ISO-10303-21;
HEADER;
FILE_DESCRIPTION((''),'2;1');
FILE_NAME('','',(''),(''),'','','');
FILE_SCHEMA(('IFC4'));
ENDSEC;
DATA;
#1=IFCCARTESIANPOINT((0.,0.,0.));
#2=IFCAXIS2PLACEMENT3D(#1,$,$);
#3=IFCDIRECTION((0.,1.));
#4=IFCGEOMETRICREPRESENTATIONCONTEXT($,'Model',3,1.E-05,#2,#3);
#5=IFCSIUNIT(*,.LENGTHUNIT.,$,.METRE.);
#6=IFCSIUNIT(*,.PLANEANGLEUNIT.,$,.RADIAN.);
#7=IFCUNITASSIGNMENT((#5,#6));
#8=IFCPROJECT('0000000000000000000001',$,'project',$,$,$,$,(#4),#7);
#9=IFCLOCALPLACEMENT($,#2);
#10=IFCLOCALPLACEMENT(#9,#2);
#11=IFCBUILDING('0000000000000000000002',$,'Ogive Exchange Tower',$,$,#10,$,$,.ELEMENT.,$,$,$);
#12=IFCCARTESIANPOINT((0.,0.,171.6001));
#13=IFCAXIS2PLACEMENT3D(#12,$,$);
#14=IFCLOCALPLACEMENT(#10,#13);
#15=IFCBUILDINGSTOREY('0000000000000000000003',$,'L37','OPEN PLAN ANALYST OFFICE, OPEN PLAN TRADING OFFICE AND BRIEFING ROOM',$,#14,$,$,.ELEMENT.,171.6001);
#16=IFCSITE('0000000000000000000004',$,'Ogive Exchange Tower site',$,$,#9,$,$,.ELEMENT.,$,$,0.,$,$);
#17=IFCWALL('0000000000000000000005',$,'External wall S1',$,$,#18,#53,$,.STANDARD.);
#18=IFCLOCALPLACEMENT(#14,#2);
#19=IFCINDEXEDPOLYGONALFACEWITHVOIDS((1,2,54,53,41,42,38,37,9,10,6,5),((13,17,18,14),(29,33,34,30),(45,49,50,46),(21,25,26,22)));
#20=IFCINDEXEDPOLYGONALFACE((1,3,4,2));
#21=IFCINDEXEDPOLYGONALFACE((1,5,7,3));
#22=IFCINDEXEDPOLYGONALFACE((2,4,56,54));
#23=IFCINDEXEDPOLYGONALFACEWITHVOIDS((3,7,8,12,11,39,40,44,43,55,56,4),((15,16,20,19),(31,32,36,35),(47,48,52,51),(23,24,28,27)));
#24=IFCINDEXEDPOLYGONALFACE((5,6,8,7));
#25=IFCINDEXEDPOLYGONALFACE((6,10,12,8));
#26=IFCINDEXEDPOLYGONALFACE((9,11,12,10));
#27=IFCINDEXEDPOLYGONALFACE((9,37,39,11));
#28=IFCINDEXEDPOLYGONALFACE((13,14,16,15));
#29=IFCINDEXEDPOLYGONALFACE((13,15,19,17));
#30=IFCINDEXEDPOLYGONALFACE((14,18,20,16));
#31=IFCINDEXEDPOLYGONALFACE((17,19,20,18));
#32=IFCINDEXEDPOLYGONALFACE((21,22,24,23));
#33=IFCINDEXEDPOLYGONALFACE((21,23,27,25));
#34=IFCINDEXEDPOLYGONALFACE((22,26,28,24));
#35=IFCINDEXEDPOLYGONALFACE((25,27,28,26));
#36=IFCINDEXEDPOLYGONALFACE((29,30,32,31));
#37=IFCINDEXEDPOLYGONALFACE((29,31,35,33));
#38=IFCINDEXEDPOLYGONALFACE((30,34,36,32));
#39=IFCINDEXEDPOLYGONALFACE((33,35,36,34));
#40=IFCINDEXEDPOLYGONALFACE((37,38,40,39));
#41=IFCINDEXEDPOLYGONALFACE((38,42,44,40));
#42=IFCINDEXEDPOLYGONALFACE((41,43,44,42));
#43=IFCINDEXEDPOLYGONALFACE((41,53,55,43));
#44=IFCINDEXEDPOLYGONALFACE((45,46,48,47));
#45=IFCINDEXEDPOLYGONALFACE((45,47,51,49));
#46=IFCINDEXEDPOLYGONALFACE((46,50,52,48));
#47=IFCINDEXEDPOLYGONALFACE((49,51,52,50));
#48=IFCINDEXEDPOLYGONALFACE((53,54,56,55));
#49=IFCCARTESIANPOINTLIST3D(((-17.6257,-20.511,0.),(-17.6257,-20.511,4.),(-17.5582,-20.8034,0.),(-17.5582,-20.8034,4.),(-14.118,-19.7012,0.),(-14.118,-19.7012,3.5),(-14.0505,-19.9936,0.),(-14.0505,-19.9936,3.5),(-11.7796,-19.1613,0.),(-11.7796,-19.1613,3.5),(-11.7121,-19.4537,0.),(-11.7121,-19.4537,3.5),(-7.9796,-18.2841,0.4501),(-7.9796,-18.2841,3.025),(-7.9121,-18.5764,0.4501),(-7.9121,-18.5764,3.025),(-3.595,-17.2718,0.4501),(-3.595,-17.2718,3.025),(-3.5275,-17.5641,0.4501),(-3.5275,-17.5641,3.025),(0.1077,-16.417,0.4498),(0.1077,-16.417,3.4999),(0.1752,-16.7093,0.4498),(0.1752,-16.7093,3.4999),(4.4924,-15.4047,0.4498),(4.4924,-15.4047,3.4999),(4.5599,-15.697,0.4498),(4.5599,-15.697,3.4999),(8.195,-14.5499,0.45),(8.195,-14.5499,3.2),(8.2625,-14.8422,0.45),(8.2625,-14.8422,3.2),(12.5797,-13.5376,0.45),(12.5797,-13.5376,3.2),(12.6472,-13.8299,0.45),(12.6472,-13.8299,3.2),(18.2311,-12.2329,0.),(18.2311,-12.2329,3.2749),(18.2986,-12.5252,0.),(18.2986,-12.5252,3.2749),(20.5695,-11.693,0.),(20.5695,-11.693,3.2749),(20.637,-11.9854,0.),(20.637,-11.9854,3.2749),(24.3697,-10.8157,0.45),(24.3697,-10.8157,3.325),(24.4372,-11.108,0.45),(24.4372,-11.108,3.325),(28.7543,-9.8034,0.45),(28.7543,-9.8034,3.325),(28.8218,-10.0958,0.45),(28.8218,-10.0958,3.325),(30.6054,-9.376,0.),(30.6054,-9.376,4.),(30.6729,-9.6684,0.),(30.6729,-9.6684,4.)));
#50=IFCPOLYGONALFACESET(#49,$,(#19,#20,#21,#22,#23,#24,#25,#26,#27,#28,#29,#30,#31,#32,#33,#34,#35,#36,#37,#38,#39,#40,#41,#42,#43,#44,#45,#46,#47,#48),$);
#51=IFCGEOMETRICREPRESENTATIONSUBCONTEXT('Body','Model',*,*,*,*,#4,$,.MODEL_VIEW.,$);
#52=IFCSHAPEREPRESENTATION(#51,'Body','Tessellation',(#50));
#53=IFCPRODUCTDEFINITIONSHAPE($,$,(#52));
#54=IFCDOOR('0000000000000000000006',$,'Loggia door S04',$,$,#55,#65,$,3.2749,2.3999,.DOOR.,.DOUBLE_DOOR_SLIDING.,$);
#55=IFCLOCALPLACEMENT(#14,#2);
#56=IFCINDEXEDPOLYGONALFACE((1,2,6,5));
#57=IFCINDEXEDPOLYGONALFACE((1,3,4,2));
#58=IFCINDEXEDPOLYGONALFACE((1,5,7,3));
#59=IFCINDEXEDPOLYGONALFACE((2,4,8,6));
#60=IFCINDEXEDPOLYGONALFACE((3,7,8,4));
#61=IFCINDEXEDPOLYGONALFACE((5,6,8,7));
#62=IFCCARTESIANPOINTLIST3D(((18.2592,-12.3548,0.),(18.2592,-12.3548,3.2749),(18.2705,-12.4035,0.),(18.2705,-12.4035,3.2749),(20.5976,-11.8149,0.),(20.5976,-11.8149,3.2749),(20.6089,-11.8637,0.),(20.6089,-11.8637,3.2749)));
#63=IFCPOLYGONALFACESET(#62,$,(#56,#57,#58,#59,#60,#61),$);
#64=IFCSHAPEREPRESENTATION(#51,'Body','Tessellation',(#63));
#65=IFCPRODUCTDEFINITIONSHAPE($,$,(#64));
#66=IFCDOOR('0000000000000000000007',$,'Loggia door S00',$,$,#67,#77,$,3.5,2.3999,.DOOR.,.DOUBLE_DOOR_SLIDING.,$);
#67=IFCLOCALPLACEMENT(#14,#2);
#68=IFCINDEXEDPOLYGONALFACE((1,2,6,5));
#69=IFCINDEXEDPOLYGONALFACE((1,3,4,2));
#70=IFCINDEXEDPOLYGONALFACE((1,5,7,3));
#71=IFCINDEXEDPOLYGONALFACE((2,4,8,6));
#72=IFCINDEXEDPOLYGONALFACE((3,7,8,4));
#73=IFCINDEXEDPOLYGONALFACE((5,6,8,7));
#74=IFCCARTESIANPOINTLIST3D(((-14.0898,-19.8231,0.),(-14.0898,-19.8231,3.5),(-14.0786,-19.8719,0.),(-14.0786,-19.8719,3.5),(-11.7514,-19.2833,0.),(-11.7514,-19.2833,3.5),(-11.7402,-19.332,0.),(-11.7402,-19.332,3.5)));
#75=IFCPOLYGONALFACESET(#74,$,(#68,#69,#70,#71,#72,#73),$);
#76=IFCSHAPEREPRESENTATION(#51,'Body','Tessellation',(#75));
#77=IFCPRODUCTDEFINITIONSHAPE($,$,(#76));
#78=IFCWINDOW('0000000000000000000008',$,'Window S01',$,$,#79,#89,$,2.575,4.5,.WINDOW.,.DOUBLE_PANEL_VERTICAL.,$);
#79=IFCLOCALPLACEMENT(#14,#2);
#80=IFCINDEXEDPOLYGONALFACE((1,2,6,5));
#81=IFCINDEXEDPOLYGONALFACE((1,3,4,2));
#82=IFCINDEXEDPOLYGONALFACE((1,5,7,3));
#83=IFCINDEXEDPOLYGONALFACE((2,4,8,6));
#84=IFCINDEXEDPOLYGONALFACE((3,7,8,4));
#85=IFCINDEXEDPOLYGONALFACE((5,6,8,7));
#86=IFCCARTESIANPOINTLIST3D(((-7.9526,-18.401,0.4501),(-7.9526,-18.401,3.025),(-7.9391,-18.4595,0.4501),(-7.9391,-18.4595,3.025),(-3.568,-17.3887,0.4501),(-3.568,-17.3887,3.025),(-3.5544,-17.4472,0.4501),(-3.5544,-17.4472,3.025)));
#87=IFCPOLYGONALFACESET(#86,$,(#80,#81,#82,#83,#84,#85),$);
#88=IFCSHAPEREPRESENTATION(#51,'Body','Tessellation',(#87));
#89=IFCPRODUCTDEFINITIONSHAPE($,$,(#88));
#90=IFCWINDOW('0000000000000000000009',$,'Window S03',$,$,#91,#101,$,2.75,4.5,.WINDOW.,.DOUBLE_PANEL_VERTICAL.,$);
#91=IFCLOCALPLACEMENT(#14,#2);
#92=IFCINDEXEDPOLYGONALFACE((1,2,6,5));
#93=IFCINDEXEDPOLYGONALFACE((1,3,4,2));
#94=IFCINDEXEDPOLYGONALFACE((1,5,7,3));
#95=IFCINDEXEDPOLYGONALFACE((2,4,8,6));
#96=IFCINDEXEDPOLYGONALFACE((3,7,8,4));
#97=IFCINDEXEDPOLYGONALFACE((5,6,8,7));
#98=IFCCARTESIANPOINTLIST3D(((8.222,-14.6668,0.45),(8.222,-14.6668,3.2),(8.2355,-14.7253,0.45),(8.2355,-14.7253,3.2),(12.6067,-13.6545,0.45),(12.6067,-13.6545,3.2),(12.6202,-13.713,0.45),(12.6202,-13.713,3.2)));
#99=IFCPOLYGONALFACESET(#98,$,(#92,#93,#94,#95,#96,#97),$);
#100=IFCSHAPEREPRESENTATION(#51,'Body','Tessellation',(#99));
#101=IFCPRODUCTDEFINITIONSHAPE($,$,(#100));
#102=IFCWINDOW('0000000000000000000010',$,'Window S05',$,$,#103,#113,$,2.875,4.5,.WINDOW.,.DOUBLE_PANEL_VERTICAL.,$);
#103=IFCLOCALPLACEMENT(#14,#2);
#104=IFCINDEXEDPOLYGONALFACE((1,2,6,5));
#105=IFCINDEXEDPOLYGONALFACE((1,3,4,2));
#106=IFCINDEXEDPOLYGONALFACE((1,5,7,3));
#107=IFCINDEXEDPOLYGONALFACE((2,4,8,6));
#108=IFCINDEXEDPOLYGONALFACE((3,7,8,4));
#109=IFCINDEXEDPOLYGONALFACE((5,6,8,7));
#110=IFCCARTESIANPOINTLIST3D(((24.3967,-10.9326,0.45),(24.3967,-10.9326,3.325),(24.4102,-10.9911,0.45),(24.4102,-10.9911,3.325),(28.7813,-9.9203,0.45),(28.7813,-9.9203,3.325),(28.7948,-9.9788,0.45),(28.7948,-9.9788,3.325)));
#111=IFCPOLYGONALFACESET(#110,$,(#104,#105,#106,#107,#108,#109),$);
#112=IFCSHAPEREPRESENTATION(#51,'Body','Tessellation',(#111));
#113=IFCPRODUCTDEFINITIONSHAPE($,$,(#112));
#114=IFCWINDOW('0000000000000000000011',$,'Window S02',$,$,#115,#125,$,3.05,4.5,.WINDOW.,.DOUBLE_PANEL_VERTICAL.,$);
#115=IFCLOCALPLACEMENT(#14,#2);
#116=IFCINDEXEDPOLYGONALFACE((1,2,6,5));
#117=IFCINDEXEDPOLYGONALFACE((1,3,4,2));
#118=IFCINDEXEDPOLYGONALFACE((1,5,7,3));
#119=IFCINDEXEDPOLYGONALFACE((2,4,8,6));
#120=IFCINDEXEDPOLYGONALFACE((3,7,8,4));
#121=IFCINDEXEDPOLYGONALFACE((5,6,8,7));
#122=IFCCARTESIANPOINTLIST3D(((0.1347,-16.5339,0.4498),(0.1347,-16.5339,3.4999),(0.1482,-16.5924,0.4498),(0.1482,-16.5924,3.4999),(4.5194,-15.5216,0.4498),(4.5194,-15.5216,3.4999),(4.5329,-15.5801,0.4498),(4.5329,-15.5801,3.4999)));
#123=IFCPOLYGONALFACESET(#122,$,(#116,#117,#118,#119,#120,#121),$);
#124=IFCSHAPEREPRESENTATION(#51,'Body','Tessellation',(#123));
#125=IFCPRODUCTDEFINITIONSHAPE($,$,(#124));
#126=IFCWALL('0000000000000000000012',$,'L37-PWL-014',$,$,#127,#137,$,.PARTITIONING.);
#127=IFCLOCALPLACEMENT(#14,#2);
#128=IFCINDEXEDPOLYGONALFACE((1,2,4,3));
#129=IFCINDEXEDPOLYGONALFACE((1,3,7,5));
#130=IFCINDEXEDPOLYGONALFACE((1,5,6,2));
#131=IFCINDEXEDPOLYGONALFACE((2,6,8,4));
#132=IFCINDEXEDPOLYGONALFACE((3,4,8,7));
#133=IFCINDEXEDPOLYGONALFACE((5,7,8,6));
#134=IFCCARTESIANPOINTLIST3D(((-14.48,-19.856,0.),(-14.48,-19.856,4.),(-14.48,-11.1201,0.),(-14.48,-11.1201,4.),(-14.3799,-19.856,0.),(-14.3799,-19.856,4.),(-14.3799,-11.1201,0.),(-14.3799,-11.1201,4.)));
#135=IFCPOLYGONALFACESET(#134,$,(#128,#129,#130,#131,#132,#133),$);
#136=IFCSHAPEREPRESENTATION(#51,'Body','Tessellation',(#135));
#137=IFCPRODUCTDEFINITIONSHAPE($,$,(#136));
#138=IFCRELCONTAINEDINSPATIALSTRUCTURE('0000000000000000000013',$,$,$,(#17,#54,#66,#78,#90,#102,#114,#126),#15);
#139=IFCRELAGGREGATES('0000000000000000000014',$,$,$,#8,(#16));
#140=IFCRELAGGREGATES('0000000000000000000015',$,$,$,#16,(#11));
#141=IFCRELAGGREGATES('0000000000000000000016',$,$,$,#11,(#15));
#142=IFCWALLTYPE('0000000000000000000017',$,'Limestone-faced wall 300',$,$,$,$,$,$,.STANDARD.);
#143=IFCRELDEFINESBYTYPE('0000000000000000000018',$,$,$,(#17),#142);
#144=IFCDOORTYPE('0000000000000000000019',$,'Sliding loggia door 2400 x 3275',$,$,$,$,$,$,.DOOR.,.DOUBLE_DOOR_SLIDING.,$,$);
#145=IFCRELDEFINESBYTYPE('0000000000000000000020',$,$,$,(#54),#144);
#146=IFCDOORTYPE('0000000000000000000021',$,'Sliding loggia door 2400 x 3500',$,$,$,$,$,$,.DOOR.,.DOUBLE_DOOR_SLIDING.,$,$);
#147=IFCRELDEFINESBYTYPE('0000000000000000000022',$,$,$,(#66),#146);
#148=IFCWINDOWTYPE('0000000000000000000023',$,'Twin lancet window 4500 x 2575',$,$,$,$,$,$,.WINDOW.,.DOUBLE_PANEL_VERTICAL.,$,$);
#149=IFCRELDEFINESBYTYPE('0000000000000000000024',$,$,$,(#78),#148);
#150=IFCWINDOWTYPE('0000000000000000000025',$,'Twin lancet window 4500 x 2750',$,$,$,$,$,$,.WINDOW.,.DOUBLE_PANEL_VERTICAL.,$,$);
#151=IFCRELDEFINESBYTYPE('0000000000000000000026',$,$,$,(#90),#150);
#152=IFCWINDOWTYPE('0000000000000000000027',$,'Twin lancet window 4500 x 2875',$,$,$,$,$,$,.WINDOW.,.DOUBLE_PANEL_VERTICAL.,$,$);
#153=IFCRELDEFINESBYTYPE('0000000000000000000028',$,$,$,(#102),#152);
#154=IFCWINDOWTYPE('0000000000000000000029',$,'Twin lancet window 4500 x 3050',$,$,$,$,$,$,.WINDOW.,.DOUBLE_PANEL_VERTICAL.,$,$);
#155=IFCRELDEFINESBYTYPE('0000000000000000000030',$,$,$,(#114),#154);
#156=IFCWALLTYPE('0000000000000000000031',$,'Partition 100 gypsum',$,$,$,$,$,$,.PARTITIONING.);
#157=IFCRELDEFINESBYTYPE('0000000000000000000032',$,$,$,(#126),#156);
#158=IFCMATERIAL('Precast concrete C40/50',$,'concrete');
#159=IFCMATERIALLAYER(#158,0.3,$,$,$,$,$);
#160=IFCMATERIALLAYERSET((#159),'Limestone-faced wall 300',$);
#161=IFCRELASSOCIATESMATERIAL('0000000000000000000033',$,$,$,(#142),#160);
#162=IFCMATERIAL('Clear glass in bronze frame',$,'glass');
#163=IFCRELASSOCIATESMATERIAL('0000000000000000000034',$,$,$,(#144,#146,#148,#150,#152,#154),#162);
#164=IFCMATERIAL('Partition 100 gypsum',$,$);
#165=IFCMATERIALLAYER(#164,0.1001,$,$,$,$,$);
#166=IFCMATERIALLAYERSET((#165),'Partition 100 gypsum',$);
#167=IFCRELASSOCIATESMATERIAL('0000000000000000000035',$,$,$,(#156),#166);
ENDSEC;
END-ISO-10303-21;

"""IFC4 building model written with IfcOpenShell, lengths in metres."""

from ifc_helpers import new_model, si_unit, direction, frame, frame_2d, origin, place, context, subcontext, project, spatial, rectangle, extrude, material, layer, layer_set, type_object, element, fill, save


model = new_model("IFC4")

# Units and contexts
model_context = context("Model", 3, precision=1e-05, world=origin(), true_north=direction((0.0, 1.0)))
body_context = subcontext(model_context, "Body", "Model", "MODEL_VIEW")
ifc_project = project(units=[si_unit("LENGTHUNIT", "METRE"), si_unit("PLANEANGLEUNIT", "RADIAN")], contexts=[model_context])

# Site, building, storey
site_placement = place(None, origin())
site = spatial("IfcSite", under=ifc_project, at=site_placement, Name="Ogive Exchange Tower site", CompositionType="ELEMENT", RefElevation=0.0)
building_placement = place(site_placement, origin())
building = spatial("IfcBuilding", under=site, at=building_placement, Name="Ogive Exchange Tower", CompositionType="ELEMENT")
storey_placement = place(building_placement, frame((0.0, 0.0, 171.6001)))
storey = spatial("IfcBuildingStorey", under=building, at=storey_placement, Name="L37", Description="OPEN PLAN ANALYST OFFICE, OPEN PLAN TRADING OFFICE AND BRIEFING ROOM", CompositionType="ELEMENT", Elevation=171.6001)

# Wall, openings, doors, windows
ifc_material_1 = material(Name="Precast concrete C40/50", Category="concrete")
ifc_layer_1 = layer(ifc_material_1, 0.3)
ifc_layer_set_1 = layer_set([ifc_layer_1], Name="Limestone-faced wall 300")
wall_type_1 = type_object("IfcWallType", Name="Limestone-faced wall 300", PredefinedType="STANDARD", material=ifc_layer_set_1)
wall_1_placement = place(storey_placement, frame((-17.592, -20.6572, 0.0), z_axis=(0.0, 0.0, 1.0), x_axis=(0.97437, 0.22495, 0.0)))
wall_1 = element("IfcWall", 1, at=wall_1_placement, inside=storey, type_object=wall_type_1, Name="External wall S1", PredefinedType="STANDARD", context=body_context, shape_type="SweptSolid", body=[
    extrude(rectangle(XDim=49.4998, YDim=0.3, at=frame_2d((24.75, 0.0))), origin(), (0.0, 0.0, 1.0), 4.0),
])
opening_1_placement = place(wall_1_placement, frame((3.6001, 0.0, 0.0)))
opening_1 = element("IfcOpeningElement", 2, at=opening_1_placement, cuts=wall_1, PredefinedType="OPENING", context=body_context, shape_type="SweptSolid", body=[
    extrude(rectangle(XDim=2.3999, YDim=3.5, at=frame_2d((1.2, 1.75))), frame((0.0, 0.1599, 0.0), z_axis=(0.0, -1.0, 0.0), x_axis=(1.0, 0.0, 0.0)), (0.0, 0.0, 1.0), 0.3201),
])
opening_2_placement = place(wall_1_placement, frame((9.8999, 0.0, 0.45)))
opening_2 = element("IfcOpeningElement", 3, at=opening_2_placement, cuts=wall_1, PredefinedType="OPENING", context=body_context, shape_type="SweptSolid", body=[
    extrude(rectangle(XDim=4.5, YDim=2.575, at=frame_2d((2.25, 1.2876))), frame((0.0, 0.1599, 0.0), z_axis=(0.0, -1.0, 0.0), x_axis=(1.0, 0.0, 0.0)), (0.0, 0.0, 1.0), 0.3201),
])
opening_3_placement = place(wall_1_placement, frame((18.2, 0.0, 0.45)))
opening_3 = element("IfcOpeningElement", 4, at=opening_3_placement, cuts=wall_1, PredefinedType="OPENING", context=body_context, shape_type="SweptSolid", body=[
    extrude(rectangle(XDim=4.5, YDim=3.05, at=frame_2d((2.25, 1.5249))), frame((0.0, 0.1599, 0.0), z_axis=(0.0, -1.0, 0.0), x_axis=(1.0, 0.0, 0.0)), (0.0, 0.0, 1.0), 0.3201),
])
opening_4_placement = place(wall_1_placement, frame((26.5, 0.0, 0.45)))
opening_4 = element("IfcOpeningElement", 5, at=opening_4_placement, cuts=wall_1, PredefinedType="OPENING", context=body_context, shape_type="SweptSolid", body=[
    extrude(rectangle(XDim=4.5, YDim=2.75, at=frame_2d((2.25, 1.375))), frame((0.0, 0.1599, 0.0), z_axis=(0.0, -1.0, 0.0), x_axis=(1.0, 0.0, 0.0)), (0.0, 0.0, 1.0), 0.3201),
])
opening_5_placement = place(wall_1_placement, frame((36.8, 0.0, 0.0)))
opening_5 = element("IfcOpeningElement", 6, at=opening_5_placement, cuts=wall_1, PredefinedType="OPENING", context=body_context, shape_type="SweptSolid", body=[
    extrude(rectangle(XDim=2.3999, YDim=3.2749, at=frame_2d((1.2, 1.6375))), frame((0.0, 0.1599, 0.0), z_axis=(0.0, -1.0, 0.0), x_axis=(1.0, 0.0, 0.0)), (0.0, 0.0, 1.0), 0.3201),
])
opening_6_placement = place(wall_1_placement, frame((43.1001, 0.0, 0.45)))
opening_6 = element("IfcOpeningElement", 7, at=opening_6_placement, cuts=wall_1, PredefinedType="OPENING", context=body_context, shape_type="SweptSolid", body=[
    extrude(rectangle(XDim=4.5, YDim=2.875, at=frame_2d((2.25, 1.4375))), frame((0.0, 0.1599, 0.0), z_axis=(0.0, -1.0, 0.0), x_axis=(1.0, 0.0, 0.0)), (0.0, 0.0, 1.0), 0.3201),
])
ifc_material_2 = material(Name="Clear glass in bronze frame", Category="glass")
door_type_1 = type_object("IfcDoorType", Name="Sliding loggia door 2400 x 3275", OperationType="DOUBLE_DOOR_SLIDING", PredefinedType="DOOR", material=ifc_material_2)
door_1_placement = place(opening_5_placement, origin())
door_1 = element("IfcDoor", 8, at=door_1_placement, inside=storey, type_object=door_type_1, Name="Loggia door S04", OperationType="DOUBLE_DOOR_SLIDING", OverallHeight=3.2749, OverallWidth=2.3999, PredefinedType="DOOR", context=body_context, shape_type="SweptSolid", body=[
    extrude(rectangle(XDim=2.3999, YDim=3.2749, at=frame_2d((1.2, 1.6375))), frame((0.0, 0.0249, 0.0), z_axis=(0.0, -1.0, 0.0), x_axis=(1.0, 0.0, 0.0)), (0.0, 0.0, 1.0), 0.05),
])
fill(opening_5, door_1)
door_type_2 = type_object("IfcDoorType", Name="Sliding loggia door 2400 x 3500", OperationType="DOUBLE_DOOR_SLIDING", PredefinedType="DOOR", material=ifc_material_2)
door_2_placement = place(opening_1_placement, origin())
door_2 = element("IfcDoor", 9, at=door_2_placement, inside=storey, type_object=door_type_2, Name="Loggia door S00", OperationType="DOUBLE_DOOR_SLIDING", OverallHeight=3.5, OverallWidth=2.3999, PredefinedType="DOOR", context=body_context, shape_type="SweptSolid", body=[
    extrude(rectangle(XDim=2.3999, YDim=3.5, at=frame_2d((1.2, 1.75))), frame((0.0, 0.0249, 0.0), z_axis=(0.0, -1.0, 0.0), x_axis=(1.0, 0.0, 0.0)), (0.0, 0.0, 1.0), 0.05),
])
fill(opening_1, door_2)
window_type_1 = type_object("IfcWindowType", Name="Twin lancet window 4500 x 2575", PartitioningType="DOUBLE_PANEL_VERTICAL", PredefinedType="WINDOW", material=ifc_material_2)
window_1_placement = place(opening_2_placement, origin())
window_1 = element("IfcWindow", 10, at=window_1_placement, inside=storey, type_object=window_type_1, Name="Window S01", OverallHeight=2.575, OverallWidth=4.5, PartitioningType="DOUBLE_PANEL_VERTICAL", PredefinedType="WINDOW", context=body_context, shape_type="SweptSolid", body=[
    extrude(rectangle(XDim=4.5, YDim=2.575, at=frame_2d((2.25, 1.2876))), frame((0.0, 0.03, 0.0), z_axis=(0.0, -1.0, 0.0), x_axis=(1.0, 0.0, 0.0)), (0.0, 0.0, 1.0), 0.0601),
])
fill(opening_2, window_1)
window_type_2 = type_object("IfcWindowType", Name="Twin lancet window 4500 x 2750", PartitioningType="DOUBLE_PANEL_VERTICAL", PredefinedType="WINDOW", material=ifc_material_2)
window_2_placement = place(opening_4_placement, origin())
window_2 = element("IfcWindow", 11, at=window_2_placement, inside=storey, type_object=window_type_2, Name="Window S03", OverallHeight=2.75, OverallWidth=4.5, PartitioningType="DOUBLE_PANEL_VERTICAL", PredefinedType="WINDOW", context=body_context, shape_type="SweptSolid", body=[
    extrude(rectangle(XDim=4.5, YDim=2.75, at=frame_2d((2.25, 1.375))), frame((0.0, 0.03, 0.0), z_axis=(0.0, -1.0, 0.0), x_axis=(1.0, 0.0, 0.0)), (0.0, 0.0, 1.0), 0.0601),
])
fill(opening_4, window_2)
window_type_3 = type_object("IfcWindowType", Name="Twin lancet window 4500 x 2875", PartitioningType="DOUBLE_PANEL_VERTICAL", PredefinedType="WINDOW", material=ifc_material_2)
window_3_placement = place(opening_6_placement, origin())
window_3 = element("IfcWindow", 12, at=window_3_placement, inside=storey, type_object=window_type_3, Name="Window S05", OverallHeight=2.875, OverallWidth=4.5, PartitioningType="DOUBLE_PANEL_VERTICAL", PredefinedType="WINDOW", context=body_context, shape_type="SweptSolid", body=[
    extrude(rectangle(XDim=4.5, YDim=2.875, at=frame_2d((2.25, 1.4375))), frame((0.0, 0.03, 0.0), z_axis=(0.0, -1.0, 0.0), x_axis=(1.0, 0.0, 0.0)), (0.0, 0.0, 1.0), 0.0601),
])
fill(opening_6, window_3)
window_type_4 = type_object("IfcWindowType", Name="Twin lancet window 4500 x 3050", PartitioningType="DOUBLE_PANEL_VERTICAL", PredefinedType="WINDOW", material=ifc_material_2)
window_4_placement = place(opening_3_placement, origin())
window_4 = element("IfcWindow", 13, at=window_4_placement, inside=storey, type_object=window_type_4, Name="Window S02", OverallHeight=3.05, OverallWidth=4.5, PartitioningType="DOUBLE_PANEL_VERTICAL", PredefinedType="WINDOW", context=body_context, shape_type="SweptSolid", body=[
    extrude(rectangle(XDim=4.5, YDim=3.05, at=frame_2d((2.25, 1.5249))), frame((0.0, 0.03, 0.0), z_axis=(0.0, -1.0, 0.0), x_axis=(1.0, 0.0, 0.0)), (0.0, 0.0, 1.0), 0.0601),
])
fill(opening_3, window_4)

# Wall
ifc_material_3 = material(Name="Partition 100 gypsum")
ifc_layer_2 = layer(ifc_material_3, 0.1001)
ifc_layer_set_2 = layer_set([ifc_layer_2], Name="Partition 100 gypsum")
wall_type_2 = type_object("IfcWallType", Name="Partition 100 gypsum", PredefinedType="PARTITIONING", material=ifc_layer_set_2)
wall_2_placement = place(storey_placement, frame((-14.4299, -19.856, 0.0), z_axis=(0.0, 0.0, 1.0), x_axis=(0.0, 1.0, 0.0)))
element("IfcWall", 14, at=wall_2_placement, inside=storey, type_object=wall_type_2, Name="L37-PWL-014", PredefinedType="PARTITIONING", context=body_context, shape_type="SweptSolid", body=[
    extrude(rectangle(XDim=8.7358, YDim=0.1001, at=frame_2d((4.3679, 0.0))), origin(), (0.0, 0.0, 1.0), 4.0),
])

save(model, "model.ifc")
